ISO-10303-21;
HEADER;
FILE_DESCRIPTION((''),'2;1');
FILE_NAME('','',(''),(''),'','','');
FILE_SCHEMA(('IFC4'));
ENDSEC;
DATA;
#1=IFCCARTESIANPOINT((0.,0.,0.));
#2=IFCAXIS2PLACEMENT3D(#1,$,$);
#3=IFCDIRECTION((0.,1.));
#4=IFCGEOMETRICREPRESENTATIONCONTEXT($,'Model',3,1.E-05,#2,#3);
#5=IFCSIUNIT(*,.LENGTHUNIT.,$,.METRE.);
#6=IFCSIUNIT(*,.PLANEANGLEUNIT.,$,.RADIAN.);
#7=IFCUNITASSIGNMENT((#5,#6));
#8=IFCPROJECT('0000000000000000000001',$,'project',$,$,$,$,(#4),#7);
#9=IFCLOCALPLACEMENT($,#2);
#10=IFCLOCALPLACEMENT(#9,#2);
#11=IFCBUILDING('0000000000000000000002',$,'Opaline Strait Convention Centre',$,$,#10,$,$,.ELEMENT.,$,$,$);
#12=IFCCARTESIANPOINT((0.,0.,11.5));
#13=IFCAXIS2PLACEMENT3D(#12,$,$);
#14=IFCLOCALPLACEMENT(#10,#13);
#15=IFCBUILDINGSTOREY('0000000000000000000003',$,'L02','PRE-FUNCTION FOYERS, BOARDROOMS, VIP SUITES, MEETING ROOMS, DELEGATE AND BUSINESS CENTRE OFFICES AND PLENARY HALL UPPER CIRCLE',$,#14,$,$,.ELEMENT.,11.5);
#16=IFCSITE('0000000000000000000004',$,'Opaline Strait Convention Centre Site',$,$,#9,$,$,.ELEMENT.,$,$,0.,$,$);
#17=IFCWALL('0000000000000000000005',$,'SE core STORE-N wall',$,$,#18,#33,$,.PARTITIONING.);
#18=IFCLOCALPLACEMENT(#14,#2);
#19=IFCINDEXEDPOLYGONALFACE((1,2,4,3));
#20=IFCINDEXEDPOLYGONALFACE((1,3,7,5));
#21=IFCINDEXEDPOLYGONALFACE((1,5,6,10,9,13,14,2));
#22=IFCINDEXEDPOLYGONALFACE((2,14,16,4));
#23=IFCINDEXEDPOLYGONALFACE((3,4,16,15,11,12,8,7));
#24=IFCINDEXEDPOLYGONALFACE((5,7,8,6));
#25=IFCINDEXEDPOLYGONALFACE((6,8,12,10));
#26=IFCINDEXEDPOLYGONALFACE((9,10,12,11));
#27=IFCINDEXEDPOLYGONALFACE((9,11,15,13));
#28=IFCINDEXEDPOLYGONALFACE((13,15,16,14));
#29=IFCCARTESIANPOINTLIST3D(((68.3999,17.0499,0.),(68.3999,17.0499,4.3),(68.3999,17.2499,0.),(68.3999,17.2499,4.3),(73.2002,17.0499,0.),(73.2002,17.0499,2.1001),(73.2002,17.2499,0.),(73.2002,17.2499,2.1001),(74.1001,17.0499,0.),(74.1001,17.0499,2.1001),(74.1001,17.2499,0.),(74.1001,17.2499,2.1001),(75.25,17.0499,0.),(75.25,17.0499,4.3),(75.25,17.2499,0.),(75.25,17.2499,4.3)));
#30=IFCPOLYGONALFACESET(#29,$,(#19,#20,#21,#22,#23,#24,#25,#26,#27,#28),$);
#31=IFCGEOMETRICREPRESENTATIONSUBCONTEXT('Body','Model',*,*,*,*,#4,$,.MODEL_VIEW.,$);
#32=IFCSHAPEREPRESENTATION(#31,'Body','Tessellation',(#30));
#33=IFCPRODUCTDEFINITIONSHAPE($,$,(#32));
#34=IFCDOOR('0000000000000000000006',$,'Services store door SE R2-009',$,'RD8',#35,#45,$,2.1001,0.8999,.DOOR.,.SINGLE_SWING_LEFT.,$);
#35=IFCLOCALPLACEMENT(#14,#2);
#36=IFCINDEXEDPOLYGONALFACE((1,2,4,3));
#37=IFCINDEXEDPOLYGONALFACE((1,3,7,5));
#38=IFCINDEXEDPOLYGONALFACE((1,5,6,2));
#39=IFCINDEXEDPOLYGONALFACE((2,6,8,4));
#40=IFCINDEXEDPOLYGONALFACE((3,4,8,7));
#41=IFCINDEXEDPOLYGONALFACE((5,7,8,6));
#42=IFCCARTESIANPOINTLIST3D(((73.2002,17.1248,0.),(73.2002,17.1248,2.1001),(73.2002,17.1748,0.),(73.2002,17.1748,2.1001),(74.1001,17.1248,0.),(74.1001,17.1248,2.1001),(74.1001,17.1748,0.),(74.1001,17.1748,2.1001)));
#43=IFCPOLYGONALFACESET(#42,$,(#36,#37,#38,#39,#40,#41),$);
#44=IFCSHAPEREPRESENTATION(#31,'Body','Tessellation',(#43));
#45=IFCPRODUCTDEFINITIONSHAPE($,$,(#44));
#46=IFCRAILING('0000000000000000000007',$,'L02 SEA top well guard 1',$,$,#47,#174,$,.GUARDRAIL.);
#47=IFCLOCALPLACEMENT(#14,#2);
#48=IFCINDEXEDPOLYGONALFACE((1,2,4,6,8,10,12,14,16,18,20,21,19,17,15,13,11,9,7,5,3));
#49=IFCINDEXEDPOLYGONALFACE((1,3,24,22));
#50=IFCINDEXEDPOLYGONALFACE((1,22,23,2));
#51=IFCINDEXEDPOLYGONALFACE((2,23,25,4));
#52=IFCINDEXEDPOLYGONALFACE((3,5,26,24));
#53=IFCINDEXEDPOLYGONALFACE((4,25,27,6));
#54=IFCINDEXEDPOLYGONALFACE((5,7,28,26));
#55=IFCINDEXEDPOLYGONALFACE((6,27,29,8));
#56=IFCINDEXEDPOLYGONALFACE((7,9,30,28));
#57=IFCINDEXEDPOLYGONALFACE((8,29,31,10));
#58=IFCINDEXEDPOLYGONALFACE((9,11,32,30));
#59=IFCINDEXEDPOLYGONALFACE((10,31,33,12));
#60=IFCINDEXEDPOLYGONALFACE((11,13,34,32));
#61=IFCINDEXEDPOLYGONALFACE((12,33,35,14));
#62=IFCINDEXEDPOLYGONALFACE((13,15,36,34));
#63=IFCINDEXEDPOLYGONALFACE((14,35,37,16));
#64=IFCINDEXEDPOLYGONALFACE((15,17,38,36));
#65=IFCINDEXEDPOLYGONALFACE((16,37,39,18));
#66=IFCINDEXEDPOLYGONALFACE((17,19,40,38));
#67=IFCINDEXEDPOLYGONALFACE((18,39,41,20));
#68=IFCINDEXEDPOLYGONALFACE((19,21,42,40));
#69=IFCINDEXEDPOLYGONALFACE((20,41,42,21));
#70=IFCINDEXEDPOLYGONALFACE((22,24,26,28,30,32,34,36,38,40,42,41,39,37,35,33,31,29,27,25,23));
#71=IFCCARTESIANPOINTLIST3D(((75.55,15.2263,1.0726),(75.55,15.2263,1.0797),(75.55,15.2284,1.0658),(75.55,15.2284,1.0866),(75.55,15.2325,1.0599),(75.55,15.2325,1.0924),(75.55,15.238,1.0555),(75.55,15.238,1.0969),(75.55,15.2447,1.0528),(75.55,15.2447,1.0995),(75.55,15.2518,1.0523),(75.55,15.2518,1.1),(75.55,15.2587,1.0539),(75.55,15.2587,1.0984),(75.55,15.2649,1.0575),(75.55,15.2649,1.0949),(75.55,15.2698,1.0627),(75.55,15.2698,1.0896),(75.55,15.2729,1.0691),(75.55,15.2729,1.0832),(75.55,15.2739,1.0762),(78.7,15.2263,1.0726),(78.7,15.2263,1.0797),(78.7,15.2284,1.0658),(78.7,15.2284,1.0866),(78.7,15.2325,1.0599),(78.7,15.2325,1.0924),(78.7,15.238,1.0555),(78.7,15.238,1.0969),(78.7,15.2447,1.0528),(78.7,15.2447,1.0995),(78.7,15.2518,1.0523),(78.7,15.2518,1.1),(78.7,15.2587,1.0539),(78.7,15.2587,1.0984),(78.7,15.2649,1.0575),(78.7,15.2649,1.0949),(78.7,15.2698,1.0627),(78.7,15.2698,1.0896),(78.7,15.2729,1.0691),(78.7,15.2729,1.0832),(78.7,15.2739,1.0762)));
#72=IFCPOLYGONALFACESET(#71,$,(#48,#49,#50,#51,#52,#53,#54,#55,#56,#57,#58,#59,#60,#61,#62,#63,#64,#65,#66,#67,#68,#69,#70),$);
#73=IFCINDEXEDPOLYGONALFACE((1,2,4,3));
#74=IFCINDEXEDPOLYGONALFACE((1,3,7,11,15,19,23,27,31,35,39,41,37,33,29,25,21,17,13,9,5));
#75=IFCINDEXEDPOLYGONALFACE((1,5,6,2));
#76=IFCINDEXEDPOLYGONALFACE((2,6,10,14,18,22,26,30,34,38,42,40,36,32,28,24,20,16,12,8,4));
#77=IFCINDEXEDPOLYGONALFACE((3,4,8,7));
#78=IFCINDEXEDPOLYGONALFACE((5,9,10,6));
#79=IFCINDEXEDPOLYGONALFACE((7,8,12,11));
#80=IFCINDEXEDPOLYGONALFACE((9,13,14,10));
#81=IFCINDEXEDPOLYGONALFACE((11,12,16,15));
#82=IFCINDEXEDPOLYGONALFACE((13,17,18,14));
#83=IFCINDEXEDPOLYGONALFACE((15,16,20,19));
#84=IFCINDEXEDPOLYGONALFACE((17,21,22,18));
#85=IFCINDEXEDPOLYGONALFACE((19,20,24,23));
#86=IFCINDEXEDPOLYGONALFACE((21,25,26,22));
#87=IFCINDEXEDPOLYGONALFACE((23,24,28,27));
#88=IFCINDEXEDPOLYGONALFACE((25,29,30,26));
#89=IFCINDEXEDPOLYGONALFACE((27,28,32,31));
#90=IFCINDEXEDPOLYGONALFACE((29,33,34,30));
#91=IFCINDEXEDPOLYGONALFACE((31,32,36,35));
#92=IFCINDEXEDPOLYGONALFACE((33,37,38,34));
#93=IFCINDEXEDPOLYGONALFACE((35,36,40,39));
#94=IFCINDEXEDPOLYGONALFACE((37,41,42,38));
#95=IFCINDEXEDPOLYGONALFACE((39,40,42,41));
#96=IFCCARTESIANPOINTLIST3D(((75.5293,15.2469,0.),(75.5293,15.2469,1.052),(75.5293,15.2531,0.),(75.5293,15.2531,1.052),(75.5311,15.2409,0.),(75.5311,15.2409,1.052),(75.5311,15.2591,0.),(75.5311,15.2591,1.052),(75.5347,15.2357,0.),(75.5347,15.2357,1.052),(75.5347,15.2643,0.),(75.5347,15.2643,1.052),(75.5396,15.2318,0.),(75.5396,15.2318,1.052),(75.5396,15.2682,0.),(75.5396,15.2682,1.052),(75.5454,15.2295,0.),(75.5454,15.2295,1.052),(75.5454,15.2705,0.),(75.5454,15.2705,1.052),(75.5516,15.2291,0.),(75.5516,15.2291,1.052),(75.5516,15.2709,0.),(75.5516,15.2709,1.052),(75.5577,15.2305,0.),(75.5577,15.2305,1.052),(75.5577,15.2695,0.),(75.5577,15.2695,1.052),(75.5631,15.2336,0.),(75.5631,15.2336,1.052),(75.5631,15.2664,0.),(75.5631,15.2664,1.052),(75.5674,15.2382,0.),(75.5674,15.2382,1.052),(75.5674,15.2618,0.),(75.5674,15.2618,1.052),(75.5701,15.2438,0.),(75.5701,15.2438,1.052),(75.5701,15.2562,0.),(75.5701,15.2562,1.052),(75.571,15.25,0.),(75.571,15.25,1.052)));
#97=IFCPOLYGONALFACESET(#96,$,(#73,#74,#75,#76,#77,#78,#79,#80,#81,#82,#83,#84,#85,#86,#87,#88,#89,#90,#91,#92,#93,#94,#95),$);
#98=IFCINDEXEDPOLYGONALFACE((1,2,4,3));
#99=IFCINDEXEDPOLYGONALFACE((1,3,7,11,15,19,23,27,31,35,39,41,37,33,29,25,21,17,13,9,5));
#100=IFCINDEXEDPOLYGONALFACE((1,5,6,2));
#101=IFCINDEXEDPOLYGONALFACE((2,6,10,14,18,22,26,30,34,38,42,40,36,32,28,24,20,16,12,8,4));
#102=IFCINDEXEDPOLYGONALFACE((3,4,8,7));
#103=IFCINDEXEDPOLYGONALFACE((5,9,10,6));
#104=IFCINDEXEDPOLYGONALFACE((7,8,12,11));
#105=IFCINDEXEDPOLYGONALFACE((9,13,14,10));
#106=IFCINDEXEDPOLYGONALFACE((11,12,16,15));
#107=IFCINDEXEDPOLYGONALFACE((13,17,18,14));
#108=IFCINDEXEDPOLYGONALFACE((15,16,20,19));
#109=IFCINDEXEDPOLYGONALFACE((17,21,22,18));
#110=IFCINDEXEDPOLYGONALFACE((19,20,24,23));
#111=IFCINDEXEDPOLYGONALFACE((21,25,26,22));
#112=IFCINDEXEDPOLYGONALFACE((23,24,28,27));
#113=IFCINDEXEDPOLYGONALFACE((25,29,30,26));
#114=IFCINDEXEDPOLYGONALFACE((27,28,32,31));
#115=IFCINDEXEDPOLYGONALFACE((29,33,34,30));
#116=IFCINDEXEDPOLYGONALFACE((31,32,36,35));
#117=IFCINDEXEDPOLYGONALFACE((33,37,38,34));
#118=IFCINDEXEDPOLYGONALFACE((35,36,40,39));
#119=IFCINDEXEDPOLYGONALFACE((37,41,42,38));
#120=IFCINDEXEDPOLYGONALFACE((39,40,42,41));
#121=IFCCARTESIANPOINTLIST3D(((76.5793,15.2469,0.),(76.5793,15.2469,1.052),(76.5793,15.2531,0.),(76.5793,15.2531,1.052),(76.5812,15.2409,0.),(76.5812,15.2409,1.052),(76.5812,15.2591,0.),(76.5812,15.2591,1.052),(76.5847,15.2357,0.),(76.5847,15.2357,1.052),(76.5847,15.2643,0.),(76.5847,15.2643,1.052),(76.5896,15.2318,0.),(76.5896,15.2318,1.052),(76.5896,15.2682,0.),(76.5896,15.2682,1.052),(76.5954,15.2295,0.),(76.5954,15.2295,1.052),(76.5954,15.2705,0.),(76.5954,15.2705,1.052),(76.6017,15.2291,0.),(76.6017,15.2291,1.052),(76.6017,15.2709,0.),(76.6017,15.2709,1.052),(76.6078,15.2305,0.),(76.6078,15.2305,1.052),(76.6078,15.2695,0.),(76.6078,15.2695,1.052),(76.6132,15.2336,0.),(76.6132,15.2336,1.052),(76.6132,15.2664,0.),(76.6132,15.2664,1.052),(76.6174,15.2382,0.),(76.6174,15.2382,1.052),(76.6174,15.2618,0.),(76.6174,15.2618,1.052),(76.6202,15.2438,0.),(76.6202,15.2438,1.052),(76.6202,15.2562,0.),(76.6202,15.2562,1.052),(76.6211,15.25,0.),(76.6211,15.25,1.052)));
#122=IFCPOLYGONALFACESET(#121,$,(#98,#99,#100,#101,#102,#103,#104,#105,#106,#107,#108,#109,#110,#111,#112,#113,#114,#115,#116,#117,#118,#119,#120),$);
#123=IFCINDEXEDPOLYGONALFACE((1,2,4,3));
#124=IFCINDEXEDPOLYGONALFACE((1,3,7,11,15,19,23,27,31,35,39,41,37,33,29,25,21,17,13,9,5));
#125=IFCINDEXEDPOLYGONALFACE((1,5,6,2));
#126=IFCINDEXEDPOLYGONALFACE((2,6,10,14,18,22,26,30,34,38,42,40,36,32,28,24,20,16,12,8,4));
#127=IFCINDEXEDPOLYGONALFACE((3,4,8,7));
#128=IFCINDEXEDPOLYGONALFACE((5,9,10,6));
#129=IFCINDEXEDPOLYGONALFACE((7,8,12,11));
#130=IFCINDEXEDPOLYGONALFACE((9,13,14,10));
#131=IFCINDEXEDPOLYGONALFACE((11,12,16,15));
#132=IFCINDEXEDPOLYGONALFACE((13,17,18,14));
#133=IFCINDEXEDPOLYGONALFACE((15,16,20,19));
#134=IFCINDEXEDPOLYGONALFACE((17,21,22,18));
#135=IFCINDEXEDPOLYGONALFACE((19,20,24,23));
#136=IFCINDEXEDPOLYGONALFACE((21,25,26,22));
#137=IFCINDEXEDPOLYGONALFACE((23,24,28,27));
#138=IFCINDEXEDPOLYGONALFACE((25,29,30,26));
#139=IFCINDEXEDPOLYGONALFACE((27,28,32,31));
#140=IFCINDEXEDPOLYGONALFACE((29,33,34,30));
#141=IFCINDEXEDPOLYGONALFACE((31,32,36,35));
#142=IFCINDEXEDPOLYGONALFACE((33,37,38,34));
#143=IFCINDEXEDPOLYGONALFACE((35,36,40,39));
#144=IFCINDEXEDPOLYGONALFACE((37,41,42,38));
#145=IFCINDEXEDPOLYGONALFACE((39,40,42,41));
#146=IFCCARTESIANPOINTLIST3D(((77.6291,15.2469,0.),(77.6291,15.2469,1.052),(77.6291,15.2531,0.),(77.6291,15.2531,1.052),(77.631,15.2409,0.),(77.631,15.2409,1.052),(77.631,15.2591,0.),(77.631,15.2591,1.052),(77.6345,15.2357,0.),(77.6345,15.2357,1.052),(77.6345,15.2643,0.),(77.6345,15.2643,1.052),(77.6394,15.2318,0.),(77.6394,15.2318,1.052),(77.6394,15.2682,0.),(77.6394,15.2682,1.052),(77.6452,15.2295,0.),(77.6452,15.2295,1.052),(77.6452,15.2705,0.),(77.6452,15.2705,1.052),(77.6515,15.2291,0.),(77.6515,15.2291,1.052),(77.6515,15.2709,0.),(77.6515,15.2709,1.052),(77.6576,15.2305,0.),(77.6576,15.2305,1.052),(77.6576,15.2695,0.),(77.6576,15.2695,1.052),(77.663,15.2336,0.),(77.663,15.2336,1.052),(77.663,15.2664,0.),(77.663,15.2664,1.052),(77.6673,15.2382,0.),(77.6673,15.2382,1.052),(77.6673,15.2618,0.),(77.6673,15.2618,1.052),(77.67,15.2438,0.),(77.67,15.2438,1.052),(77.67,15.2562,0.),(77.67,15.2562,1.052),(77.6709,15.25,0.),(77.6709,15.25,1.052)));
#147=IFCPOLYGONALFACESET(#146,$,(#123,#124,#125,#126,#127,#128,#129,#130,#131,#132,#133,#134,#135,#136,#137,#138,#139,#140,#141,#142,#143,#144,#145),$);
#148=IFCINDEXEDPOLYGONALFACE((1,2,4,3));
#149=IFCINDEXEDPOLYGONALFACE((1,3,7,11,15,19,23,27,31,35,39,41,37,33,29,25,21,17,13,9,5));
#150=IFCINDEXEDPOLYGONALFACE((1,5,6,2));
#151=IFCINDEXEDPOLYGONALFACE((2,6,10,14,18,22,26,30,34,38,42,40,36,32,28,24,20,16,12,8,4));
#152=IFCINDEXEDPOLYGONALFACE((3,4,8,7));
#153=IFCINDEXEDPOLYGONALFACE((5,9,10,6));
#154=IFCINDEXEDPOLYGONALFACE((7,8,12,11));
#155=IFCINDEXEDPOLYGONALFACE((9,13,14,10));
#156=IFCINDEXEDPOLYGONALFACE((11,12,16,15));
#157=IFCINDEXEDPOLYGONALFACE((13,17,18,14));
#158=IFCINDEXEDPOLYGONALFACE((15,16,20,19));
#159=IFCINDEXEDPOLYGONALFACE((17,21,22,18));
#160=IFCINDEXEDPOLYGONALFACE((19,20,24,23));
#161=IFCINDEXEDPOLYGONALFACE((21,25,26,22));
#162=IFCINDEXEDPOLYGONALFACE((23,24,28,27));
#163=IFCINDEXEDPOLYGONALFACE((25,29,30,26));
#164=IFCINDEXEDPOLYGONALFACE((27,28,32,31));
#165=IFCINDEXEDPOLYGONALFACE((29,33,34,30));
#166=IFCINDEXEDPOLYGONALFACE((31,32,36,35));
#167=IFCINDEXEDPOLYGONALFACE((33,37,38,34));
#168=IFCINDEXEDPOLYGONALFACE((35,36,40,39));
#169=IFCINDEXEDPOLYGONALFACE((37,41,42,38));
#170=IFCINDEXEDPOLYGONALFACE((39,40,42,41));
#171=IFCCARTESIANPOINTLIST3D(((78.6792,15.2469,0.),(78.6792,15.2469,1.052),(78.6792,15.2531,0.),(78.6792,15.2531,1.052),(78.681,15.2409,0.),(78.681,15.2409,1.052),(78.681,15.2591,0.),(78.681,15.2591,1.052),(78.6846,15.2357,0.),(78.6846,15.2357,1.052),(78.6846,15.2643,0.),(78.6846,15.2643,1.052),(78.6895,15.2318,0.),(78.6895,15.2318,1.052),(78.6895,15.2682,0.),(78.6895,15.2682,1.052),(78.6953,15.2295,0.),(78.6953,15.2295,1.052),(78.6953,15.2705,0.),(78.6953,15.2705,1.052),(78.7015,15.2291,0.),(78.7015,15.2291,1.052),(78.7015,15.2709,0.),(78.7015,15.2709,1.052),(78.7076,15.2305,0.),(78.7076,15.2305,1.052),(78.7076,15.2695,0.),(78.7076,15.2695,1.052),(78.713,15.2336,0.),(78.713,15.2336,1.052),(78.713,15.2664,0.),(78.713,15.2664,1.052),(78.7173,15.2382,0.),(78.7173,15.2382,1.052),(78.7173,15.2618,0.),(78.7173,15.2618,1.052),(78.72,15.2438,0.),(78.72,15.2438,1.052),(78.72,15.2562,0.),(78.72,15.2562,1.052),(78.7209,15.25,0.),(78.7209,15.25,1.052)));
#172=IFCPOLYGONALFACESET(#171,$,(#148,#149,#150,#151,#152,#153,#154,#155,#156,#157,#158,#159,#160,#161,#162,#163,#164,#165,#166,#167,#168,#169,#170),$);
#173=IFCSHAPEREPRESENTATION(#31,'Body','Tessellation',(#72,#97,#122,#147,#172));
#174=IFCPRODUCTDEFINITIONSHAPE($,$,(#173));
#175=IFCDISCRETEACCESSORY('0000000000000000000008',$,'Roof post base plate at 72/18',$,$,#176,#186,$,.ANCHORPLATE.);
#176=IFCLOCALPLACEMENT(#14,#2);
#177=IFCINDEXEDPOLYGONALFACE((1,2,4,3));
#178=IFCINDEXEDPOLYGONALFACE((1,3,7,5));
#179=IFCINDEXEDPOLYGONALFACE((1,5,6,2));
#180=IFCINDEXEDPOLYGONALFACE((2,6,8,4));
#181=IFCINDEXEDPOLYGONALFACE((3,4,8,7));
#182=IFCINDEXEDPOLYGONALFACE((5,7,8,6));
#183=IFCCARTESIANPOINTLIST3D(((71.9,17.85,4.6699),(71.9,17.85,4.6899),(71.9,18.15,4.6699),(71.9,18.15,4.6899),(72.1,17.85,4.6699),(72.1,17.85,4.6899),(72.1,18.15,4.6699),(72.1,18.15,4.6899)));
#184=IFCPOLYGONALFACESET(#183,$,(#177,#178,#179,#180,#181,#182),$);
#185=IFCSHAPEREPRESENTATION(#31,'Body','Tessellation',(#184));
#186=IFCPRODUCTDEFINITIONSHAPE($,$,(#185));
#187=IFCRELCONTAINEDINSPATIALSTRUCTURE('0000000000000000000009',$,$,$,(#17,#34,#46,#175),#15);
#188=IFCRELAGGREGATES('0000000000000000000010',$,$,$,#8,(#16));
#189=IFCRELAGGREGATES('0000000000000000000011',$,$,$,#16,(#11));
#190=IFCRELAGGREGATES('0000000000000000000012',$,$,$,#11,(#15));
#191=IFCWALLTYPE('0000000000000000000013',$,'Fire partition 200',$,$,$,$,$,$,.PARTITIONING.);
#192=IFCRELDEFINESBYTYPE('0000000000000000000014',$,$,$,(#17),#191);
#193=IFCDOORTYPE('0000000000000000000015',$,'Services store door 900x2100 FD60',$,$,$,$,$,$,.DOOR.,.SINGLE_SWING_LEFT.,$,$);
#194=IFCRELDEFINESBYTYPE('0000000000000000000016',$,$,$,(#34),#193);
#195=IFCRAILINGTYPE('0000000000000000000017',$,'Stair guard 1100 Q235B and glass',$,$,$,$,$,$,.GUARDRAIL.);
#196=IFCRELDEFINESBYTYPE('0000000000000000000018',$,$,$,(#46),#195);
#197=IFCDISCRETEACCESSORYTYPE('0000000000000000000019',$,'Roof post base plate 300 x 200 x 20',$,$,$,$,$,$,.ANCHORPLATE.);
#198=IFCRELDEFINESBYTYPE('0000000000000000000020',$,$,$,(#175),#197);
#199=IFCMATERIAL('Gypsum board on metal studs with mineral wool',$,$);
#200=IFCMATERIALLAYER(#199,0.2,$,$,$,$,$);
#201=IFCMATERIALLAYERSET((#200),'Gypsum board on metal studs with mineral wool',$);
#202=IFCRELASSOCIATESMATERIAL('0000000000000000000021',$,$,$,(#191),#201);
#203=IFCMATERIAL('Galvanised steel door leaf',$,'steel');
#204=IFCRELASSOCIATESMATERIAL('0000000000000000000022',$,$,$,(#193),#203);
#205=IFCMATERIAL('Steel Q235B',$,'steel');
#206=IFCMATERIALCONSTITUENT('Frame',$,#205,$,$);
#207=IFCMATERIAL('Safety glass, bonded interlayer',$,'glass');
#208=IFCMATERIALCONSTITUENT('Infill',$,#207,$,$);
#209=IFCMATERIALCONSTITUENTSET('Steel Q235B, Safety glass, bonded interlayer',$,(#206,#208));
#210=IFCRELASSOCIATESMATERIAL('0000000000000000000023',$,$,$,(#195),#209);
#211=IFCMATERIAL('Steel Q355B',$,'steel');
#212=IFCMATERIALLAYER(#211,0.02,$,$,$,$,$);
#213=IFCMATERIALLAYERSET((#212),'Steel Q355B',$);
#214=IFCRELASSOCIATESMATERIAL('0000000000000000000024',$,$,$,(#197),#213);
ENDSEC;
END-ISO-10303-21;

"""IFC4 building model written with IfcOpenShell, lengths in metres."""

from ifc_helpers import new_model, si_unit, direction, frame, frame_2d, origin, origin_2d, place, context, subcontext, project, spatial, rectangle, circle, extrude, material, layer, layer_set, constituent, constituent_set, type_object, element, fill, save


model = new_model("IFC4")

# Units and contexts
model_context = context("Model", 3, precision=1e-05, world=origin(), true_north=direction((0.0, 1.0)))
body_context = subcontext(model_context, "Body", "Model", "MODEL_VIEW")
ifc_project = project(units=[si_unit("LENGTHUNIT", "METRE"), si_unit("PLANEANGLEUNIT", "RADIAN")], contexts=[model_context])

# Site, building, storey
site_placement = place(None, origin())
site = spatial("IfcSite", under=ifc_project, at=site_placement, Name="Opaline Strait Convention Centre Site", CompositionType="ELEMENT", RefElevation=0.0)
building_placement = place(site_placement, origin())
building = spatial("IfcBuilding", under=site, at=building_placement, Name="Opaline Strait Convention Centre", CompositionType="ELEMENT")
storey_placement = place(building_placement, frame((0.0, 0.0, 11.5)))
storey = spatial("IfcBuildingStorey", under=building, at=storey_placement, Name="L02", Description="PRE-FUNCTION FOYERS, BOARDROOMS, VIP SUITES, MEETING ROOMS, DELEGATE AND BUSINESS CENTRE OFFICES AND PLENARY HALL UPPER CIRCLE", CompositionType="ELEMENT", Elevation=11.5)

# Shared definitions
ifc_material_1 = material(Name="Steel Q355B", Category="steel")

# Wall, opening, door
ifc_material_2 = material(Name="Gypsum board on metal studs with mineral wool")
ifc_layer_1 = layer(ifc_material_2, 0.2)
ifc_layer_set_1 = layer_set([ifc_layer_1], Name="Gypsum board on metal studs with mineral wool")
wall_type_1 = type_object("IfcWallType", Name="Fire partition 200", PredefinedType="PARTITIONING", material=ifc_layer_set_1)
wall_1_placement = place(storey_placement, frame((75.25, 17.1499, 0.0), z_axis=(0.0, 0.0, 1.0), x_axis=(-1.0, 0.0, 0.0)))
wall_1 = element("IfcWall", 1, at=wall_1_placement, inside=storey, type_object=wall_type_1, Name="SE core STORE-N wall", PredefinedType="PARTITIONING", context=body_context, shape_type="SweptSolid", body=[
    extrude(rectangle(XDim=6.8501, YDim=0.2, at=frame_2d((3.425, 0.0))), origin(), (0.0, 0.0, 1.0), 4.3),
])
opening_1_placement = place(wall_1_placement, frame((1.1499, 0.0, 0.0)))
opening_1 = element("IfcOpeningElement", 2, at=opening_1_placement, cuts=wall_1, PredefinedType="OPENING", context=body_context, shape_type="SweptSolid", body=[
    extrude(rectangle(XDim=0.8999, YDim=2.1001, at=frame_2d((0.45, 1.05))), frame((0.0, 0.1099, 0.0), z_axis=(0.0, -1.0, 0.0), x_axis=(1.0, 0.0, 0.0)), (0.0, 0.0, 1.0), 0.22),
])
ifc_material_3 = material(Name="Galvanised steel door leaf", Category="steel")
door_type_1 = type_object("IfcDoorType", Name="Services store door 900x2100 FD60", OperationType="SINGLE_SWING_LEFT", PredefinedType="DOOR", material=ifc_material_3)
door_1_placement = place(opening_1_placement, frame((0.8999, 0.0, 0.0), z_axis=(0.0, 0.0, 1.0), x_axis=(-1.0, 0.0, 0.0)))
door_1 = element("IfcDoor", 3, at=door_1_placement, inside=storey, type_object=door_type_1, Name="Services store door SE R2-009", ObjectType="RD8", OperationType="SINGLE_SWING_LEFT", OverallHeight=2.1001, OverallWidth=0.8999, PredefinedType="DOOR", context=body_context, shape_type="SweptSolid", body=[
    extrude(rectangle(XDim=0.8999, YDim=2.1001, at=frame_2d((0.45, 1.05))), frame((0.0, 0.0249, 0.0), z_axis=(0.0, -1.0, 0.0), x_axis=(1.0, 0.0, 0.0)), (0.0, 0.0, 1.0), 0.05),
])
fill(opening_1, door_1)

# Railing
ifc_material_4 = material(Name="Steel Q235B", Category="steel")
ifc_constituent_1 = constituent(ifc_material_4, Name="Frame")
ifc_material_5 = material(Name="Safety glass, bonded interlayer", Category="glass")
ifc_constituent_2 = constituent(ifc_material_5, Name="Infill")
ifc_constituent_set = constituent_set(constituents=[ifc_constituent_1, ifc_constituent_2], Name="Steel Q235B, Safety glass, bonded interlayer")
railing_type = type_object("IfcRailingType", Name="Stair guard 1100 Q235B and glass", PredefinedType="GUARDRAIL", material=ifc_constituent_set)
railing_placement = place(storey_placement, frame((75.55, 15.25, 0.0)))
element("IfcRailing", 4, at=railing_placement, inside=storey, type_object=railing_type, Name="L02 SEA top well guard 1", PredefinedType="GUARDRAIL", context=body_context, shape_type="SweptSolid", body=[
    extrude(circle(Radius=0.0239, at=origin_2d()), frame((0.0, 0.0, 1.0762), z_axis=(1.0, 0.0, 0.0), x_axis=(0.0, 1.0, 0.0)), (0.0, 0.0, 1.0), 3.1499),
    extrude(circle(Radius=0.021, at=origin_2d()), origin(), (0.0, 0.0, 1.0), 1.052),
    extrude(circle(Radius=0.021, at=origin_2d()), frame((1.05, 0.0, 0.0)), (0.0, 0.0, 1.0), 1.052),
    extrude(circle(Radius=0.021, at=origin_2d()), frame((2.0999, 0.0, 0.0)), (0.0, 0.0, 1.0), 1.052),
    extrude(circle(Radius=0.021, at=origin_2d()), frame((3.1499, 0.0, 0.0)), (0.0, 0.0, 1.0), 1.052),
])

# Discrete accessory
ifc_layer_2 = layer(ifc_material_1, 0.02)
ifc_layer_set_2 = layer_set([ifc_layer_2], Name="Steel Q355B")
discrete_accessory_type_1 = type_object("IfcDiscreteAccessoryType", Name="Roof post base plate 300 x 200 x 20", PredefinedType="ANCHORPLATE", material=ifc_layer_set_2)
discrete_accessory_1_placement = place(storey_placement, frame((72.0, 18.0, 4.6699), z_axis=(0.0, 0.0, 1.0), x_axis=(1.0, 0.0, 0.0)))
element("IfcDiscreteAccessory", 5, at=discrete_accessory_1_placement, inside=storey, type_object=discrete_accessory_type_1, Name="Roof post base plate at 72/18", PredefinedType="ANCHORPLATE", context=body_context, shape_type="SweptSolid", body=[
    extrude(rectangle(XDim=0.2, YDim=0.3, at=origin_2d()), origin(), (0.0, 0.0, 1.0), 0.02),
])

save(model, "model.ifc")
